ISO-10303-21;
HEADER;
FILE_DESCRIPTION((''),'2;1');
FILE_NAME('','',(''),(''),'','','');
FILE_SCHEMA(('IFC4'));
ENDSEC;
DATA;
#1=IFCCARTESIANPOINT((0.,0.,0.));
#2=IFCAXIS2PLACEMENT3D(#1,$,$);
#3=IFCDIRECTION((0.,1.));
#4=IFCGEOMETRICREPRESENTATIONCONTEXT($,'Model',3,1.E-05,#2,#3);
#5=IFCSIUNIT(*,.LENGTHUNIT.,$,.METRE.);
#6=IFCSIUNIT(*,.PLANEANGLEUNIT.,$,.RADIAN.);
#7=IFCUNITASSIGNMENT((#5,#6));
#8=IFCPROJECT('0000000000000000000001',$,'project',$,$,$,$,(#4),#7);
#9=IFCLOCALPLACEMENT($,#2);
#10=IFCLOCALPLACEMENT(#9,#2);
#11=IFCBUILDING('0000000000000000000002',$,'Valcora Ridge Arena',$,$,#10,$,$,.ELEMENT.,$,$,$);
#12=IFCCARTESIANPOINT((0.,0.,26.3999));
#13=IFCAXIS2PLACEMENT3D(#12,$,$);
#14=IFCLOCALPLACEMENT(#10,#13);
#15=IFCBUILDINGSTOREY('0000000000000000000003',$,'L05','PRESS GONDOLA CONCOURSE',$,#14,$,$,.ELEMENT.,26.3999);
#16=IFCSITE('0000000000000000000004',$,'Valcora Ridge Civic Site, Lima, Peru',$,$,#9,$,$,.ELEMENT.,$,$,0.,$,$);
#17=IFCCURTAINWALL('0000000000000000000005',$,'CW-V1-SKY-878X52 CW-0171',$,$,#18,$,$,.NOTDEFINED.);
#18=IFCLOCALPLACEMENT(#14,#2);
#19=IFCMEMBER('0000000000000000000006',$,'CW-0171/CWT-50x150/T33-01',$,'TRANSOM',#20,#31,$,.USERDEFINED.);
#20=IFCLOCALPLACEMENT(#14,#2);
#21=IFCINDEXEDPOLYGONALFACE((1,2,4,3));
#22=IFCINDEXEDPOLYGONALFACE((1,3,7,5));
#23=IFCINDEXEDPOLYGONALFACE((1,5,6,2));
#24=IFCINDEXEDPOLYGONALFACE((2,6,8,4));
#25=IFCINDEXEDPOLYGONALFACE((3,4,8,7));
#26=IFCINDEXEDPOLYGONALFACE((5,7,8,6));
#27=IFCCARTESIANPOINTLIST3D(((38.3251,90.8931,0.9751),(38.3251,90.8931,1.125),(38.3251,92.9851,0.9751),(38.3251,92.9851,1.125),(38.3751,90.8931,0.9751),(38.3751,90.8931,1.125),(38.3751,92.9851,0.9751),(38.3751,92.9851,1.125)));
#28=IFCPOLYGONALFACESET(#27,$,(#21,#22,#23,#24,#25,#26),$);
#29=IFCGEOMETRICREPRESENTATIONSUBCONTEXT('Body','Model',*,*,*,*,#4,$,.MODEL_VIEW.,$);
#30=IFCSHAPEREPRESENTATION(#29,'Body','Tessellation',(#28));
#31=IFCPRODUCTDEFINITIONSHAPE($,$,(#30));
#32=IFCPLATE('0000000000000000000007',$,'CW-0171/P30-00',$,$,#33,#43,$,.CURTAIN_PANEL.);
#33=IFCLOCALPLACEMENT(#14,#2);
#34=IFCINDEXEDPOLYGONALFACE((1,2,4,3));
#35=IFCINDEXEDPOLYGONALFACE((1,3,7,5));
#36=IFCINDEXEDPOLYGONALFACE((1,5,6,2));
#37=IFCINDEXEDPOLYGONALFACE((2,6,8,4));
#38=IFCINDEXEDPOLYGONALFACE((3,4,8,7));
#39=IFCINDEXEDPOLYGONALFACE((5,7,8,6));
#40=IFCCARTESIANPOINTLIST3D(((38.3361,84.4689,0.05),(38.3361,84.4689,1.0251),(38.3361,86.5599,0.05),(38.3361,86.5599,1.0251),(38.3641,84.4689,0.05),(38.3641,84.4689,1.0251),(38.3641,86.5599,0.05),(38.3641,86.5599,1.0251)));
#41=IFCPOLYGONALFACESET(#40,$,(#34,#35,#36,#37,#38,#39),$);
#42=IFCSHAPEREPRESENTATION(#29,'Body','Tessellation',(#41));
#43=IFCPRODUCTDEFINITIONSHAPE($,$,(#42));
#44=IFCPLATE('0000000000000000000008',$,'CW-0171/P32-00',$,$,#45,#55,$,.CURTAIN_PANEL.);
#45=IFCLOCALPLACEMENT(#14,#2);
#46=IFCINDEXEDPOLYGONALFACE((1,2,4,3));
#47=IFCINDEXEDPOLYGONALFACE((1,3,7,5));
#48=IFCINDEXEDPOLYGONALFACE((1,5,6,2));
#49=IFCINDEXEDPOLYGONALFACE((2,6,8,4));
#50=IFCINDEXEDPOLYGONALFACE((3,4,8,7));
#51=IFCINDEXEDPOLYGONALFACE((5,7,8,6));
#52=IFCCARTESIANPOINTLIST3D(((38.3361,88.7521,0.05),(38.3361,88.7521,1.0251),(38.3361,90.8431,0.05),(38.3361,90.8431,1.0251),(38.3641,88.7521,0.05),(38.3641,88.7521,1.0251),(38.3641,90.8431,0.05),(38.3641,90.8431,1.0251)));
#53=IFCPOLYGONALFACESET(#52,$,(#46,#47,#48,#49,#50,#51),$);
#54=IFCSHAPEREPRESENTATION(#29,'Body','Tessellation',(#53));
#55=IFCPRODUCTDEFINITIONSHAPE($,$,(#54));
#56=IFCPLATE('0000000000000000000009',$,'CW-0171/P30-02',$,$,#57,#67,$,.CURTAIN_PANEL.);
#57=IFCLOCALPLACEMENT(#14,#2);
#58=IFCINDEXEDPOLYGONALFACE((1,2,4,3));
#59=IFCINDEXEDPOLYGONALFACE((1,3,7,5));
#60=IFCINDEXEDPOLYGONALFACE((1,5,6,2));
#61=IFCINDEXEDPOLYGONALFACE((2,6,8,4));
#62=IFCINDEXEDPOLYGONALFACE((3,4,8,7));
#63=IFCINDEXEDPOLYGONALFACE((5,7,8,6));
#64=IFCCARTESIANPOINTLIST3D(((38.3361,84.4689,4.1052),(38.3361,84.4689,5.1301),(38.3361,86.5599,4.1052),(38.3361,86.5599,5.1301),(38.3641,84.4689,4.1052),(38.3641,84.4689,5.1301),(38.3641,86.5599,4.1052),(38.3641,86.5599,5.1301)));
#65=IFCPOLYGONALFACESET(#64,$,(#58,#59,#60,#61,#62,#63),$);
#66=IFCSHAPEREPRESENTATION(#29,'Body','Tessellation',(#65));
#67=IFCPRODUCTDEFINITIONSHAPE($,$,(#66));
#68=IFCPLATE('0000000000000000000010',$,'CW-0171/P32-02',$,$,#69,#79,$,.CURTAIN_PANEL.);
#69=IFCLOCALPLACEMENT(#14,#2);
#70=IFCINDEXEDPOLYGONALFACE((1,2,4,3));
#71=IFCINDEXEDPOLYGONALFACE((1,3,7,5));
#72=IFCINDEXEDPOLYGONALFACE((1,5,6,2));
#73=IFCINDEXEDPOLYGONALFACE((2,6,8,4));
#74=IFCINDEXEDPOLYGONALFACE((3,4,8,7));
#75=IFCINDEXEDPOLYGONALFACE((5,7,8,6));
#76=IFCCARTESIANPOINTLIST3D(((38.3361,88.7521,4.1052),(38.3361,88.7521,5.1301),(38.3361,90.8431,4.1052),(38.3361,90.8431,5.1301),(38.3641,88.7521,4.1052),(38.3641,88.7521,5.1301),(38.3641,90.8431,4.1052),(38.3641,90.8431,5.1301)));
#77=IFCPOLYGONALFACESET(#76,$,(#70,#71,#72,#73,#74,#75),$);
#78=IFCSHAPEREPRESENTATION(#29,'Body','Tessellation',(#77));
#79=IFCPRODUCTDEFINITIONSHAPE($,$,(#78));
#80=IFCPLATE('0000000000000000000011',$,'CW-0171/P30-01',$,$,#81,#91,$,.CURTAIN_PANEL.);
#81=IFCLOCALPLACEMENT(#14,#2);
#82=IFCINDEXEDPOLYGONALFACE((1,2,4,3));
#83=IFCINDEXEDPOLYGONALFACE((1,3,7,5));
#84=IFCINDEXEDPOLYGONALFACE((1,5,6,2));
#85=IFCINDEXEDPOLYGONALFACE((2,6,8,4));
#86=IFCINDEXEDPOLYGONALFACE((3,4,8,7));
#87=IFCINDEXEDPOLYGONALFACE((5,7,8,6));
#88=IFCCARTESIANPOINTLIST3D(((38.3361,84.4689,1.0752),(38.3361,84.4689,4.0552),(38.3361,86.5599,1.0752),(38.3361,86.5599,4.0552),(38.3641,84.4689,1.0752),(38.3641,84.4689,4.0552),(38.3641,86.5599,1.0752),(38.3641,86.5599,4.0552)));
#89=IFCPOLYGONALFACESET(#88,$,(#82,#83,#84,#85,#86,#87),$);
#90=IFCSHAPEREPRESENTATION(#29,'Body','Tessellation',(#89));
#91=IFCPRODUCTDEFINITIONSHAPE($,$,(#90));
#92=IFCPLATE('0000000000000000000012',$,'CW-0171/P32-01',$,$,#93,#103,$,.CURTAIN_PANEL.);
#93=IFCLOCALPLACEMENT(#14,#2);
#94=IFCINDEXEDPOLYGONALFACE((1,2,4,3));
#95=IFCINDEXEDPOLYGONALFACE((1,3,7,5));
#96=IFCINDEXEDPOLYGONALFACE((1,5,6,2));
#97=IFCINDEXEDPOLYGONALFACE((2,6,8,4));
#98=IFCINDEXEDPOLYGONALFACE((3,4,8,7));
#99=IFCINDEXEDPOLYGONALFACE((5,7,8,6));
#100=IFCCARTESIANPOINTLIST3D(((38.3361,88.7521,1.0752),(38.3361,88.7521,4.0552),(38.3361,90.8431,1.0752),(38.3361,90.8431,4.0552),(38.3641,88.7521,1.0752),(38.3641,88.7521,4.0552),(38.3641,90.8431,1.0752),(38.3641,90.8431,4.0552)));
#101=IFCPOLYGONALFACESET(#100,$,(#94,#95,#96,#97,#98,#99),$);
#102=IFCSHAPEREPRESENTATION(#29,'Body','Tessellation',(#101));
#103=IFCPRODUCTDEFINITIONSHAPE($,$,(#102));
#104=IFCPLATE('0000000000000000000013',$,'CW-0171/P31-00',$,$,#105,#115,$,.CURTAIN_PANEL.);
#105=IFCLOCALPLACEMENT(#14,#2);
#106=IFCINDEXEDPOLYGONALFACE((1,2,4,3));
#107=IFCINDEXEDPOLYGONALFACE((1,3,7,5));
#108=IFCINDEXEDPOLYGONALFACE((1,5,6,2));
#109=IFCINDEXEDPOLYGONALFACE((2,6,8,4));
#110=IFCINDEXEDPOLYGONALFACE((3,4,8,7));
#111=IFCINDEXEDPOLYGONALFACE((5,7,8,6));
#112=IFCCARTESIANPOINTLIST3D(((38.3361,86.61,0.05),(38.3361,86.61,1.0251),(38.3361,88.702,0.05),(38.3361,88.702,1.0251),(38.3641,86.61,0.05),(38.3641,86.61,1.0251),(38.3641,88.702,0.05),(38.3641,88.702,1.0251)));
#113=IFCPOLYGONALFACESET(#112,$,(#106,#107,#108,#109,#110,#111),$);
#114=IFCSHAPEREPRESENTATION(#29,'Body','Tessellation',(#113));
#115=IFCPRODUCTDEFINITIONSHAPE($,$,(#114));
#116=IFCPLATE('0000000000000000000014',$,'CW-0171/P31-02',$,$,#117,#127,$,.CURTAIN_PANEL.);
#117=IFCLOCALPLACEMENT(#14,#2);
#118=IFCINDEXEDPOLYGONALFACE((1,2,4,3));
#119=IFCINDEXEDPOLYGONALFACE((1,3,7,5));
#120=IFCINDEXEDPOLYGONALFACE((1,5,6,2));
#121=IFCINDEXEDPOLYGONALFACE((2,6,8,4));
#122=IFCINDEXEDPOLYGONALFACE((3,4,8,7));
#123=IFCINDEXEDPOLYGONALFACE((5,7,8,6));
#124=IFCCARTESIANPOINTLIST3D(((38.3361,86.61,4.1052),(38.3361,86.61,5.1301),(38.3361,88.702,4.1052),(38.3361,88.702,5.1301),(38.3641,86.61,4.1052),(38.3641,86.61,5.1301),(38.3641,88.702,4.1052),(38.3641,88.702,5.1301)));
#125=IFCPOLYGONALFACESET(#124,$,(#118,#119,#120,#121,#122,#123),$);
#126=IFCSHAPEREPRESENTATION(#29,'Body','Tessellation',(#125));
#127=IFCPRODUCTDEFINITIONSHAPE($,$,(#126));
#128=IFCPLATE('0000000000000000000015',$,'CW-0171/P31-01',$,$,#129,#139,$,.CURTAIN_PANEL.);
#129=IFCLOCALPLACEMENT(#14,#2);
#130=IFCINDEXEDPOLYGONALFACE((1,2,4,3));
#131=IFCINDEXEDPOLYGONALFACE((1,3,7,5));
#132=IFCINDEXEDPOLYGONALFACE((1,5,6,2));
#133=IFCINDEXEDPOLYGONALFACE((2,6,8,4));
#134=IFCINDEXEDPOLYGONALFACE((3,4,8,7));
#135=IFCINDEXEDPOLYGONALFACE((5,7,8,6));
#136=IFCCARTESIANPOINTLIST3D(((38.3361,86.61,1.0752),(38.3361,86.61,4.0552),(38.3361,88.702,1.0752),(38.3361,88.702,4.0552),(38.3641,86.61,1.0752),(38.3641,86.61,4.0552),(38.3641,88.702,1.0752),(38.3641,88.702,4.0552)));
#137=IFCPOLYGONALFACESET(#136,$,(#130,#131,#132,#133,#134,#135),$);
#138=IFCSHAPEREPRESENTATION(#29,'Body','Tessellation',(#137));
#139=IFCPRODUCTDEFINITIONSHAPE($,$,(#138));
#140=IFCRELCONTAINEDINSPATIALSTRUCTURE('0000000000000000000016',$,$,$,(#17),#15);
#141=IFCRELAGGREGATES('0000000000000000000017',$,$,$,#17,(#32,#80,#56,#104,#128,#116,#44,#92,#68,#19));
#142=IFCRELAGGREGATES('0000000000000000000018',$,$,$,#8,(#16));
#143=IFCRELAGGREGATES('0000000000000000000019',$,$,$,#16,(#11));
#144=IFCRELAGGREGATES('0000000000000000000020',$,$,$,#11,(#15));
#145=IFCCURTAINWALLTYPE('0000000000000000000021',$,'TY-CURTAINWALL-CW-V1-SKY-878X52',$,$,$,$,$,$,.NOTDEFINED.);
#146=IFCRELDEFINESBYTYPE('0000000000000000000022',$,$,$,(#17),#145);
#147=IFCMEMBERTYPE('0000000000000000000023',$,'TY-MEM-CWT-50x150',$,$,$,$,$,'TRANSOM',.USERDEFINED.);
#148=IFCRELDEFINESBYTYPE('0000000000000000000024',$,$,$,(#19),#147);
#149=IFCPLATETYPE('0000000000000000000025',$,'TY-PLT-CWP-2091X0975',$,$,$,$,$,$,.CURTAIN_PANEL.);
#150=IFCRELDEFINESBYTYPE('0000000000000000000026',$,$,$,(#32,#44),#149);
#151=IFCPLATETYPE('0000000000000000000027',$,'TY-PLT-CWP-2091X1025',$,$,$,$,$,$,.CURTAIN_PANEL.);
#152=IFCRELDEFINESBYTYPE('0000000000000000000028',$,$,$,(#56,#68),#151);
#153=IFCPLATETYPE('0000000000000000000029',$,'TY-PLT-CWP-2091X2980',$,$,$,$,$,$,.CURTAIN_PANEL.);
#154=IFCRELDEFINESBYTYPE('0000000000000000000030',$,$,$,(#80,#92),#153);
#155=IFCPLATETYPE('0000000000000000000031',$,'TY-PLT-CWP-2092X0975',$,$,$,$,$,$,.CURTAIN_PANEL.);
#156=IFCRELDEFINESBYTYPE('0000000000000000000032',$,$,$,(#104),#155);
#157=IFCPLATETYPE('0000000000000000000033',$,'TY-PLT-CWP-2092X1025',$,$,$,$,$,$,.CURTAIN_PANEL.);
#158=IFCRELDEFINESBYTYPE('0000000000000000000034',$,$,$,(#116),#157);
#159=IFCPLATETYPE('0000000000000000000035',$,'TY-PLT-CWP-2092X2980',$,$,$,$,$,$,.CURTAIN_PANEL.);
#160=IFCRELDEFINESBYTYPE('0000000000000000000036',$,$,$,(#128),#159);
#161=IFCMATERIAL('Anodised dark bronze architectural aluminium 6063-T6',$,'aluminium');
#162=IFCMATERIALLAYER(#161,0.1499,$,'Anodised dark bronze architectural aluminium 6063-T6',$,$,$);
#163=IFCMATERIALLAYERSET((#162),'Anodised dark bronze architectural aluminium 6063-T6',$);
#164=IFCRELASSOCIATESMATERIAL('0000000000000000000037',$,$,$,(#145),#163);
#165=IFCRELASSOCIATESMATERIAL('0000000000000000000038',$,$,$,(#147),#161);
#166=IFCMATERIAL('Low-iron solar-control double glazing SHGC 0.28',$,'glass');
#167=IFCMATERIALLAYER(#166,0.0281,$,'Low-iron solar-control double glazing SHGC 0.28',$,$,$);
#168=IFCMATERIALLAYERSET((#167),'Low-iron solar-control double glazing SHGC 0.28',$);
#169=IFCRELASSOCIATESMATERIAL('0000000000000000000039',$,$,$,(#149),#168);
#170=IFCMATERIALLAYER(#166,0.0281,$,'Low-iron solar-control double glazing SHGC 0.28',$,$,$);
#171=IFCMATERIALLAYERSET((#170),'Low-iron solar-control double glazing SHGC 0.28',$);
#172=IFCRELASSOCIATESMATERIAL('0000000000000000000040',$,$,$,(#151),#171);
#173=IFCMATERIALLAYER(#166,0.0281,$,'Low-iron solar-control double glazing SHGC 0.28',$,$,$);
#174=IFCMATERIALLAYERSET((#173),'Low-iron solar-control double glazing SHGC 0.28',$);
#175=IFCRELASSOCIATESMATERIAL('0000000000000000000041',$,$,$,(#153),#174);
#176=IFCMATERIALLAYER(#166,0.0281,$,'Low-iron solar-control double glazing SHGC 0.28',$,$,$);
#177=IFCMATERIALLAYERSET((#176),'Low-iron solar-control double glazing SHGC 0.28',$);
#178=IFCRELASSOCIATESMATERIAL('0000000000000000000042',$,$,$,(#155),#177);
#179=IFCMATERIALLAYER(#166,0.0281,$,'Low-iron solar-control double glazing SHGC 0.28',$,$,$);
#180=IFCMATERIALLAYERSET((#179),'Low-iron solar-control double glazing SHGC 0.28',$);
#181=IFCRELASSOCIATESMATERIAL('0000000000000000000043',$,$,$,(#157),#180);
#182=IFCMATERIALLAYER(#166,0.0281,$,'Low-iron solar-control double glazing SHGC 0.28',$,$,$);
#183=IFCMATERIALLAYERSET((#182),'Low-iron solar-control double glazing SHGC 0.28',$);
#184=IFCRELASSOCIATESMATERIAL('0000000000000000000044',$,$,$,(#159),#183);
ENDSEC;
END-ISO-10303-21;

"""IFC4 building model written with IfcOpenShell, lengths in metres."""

from ifc_helpers import new_model, si_unit, direction, frame, origin, origin_2d, place, context, subcontext, project, spatial, rectangle, extrude, material, layer, layer_set, material_profile, profile_set, type_object, element, aggregate, save


model = new_model("IFC4")

# Units and contexts
model_context = context("Model", 3, precision=1e-05, world=origin(), true_north=direction((0.0, 1.0)))
body_context = subcontext(model_context, "Body", "Model", "MODEL_VIEW")
ifc_project = project(units=[si_unit("LENGTHUNIT", "METRE"), si_unit("PLANEANGLEUNIT", "RADIAN")], contexts=[model_context])

# Site, building, storey
site_placement = place(None, origin())
site = spatial("IfcSite", under=ifc_project, at=site_placement, Name="Valcora Ridge Civic Site, Lima, Peru", CompositionType="ELEMENT", RefElevation=0.0)
building_placement = place(site_placement, origin())
building = spatial("IfcBuilding", under=site, at=building_placement, Name="Valcora Ridge Arena", CompositionType="ELEMENT")
storey_placement = place(building_placement, frame((0.0, 0.0, 26.3999)))
storey = spatial("IfcBuildingStorey", under=building, at=storey_placement, Name="L05", Description="PRESS GONDOLA CONCOURSE", CompositionType="ELEMENT", Elevation=26.3999)

# Curtain wall, member, plates
ifc_material_1 = material(Name="Anodised dark bronze architectural aluminium 6063-T6", Category="aluminium")
ifc_layer_1 = layer(ifc_material_1, 0.1499, Name="Anodised dark bronze architectural aluminium 6063-T6")
ifc_layer_set_1 = layer_set([ifc_layer_1], Name="Anodised dark bronze architectural aluminium 6063-T6")
curtain_wall_type = type_object("IfcCurtainWallType", Name="TY-CURTAINWALL-CW-V1-SKY-878X52", PredefinedType="NOTDEFINED", material=ifc_layer_set_1)
curtain_wall_placement = place(storey_placement, origin())
curtain_wall = element("IfcCurtainWall", 1, at=curtain_wall_placement, inside=storey, type_object=curtain_wall_type, Name="CW-V1-SKY-878X52 CW-0171", PredefinedType="NOTDEFINED")
ifc_material_profile_1 = material_profile(ifc_material_1, rectangle(XDim=0.05, YDim=0.1499, at=origin_2d()), Name="ALU TRANSOM 50x150")
ifc_profile_set_1 = profile_set([ifc_material_profile_1], Name="Anodised dark bronze architectural aluminium 6063-T6")
member_type_1 = type_object("IfcMemberType", Name="TY-MEM-CWT-50x150", ElementType="TRANSOM", PredefinedType="USERDEFINED", material=ifc_profile_set_1)
member_1_placement = place(storey_placement, frame((38.3501, 90.8931, 1.05), z_axis=(0.0, 1.0, 0.0), x_axis=(-1.0, 0.0, 0.0)))
member_1 = element("IfcMember", 2, at=member_1_placement, type_object=member_type_1, Name="CW-0171/CWT-50x150/T33-01", ObjectType="TRANSOM", PredefinedType="USERDEFINED", context=body_context, shape_type="SweptSolid", body=[
    extrude(rectangle(XDim=0.05, YDim=0.1499, at=origin_2d()), origin(), (0.0, 0.0, 1.0), 2.092),
])
ifc_material_2 = material(Name="Low-iron solar-control double glazing SHGC 0.28", Category="glass")
ifc_layer_2 = layer(ifc_material_2, 0.0281, Name="Low-iron solar-control double glazing SHGC 0.28")
ifc_layer_set_2 = layer_set([ifc_layer_2], Name="Low-iron solar-control double glazing SHGC 0.28")
plate_type_1 = type_object("IfcPlateType", Name="TY-PLT-CWP-2091X0975", PredefinedType="CURTAIN_PANEL", material=ifc_layer_set_2)
plate_1_placement = place(storey_placement, frame((38.3501, 85.5144, 0.05), z_axis=(0.0, 0.0, 1.0), x_axis=(0.0, 1.0, 0.0)))
plate_1 = element("IfcPlate", 3, at=plate_1_placement, type_object=plate_type_1, Name="CW-0171/P30-00", PredefinedType="CURTAIN_PANEL", context=body_context, shape_type="SweptSolid", body=[
    extrude(rectangle(XDim=2.0911, YDim=0.0281, at=origin_2d()), origin(), (0.0, 0.0, 1.0), 0.9751),
])
plate_2_placement = place(storey_placement, frame((38.3501, 89.7976, 0.05), z_axis=(0.0, 0.0, 1.0), x_axis=(0.0, 1.0, 0.0)))
plate_2 = element("IfcPlate", 4, at=plate_2_placement, type_object=plate_type_1, Name="CW-0171/P32-00", PredefinedType="CURTAIN_PANEL", context=body_context, shape_type="SweptSolid", body=[
    extrude(rectangle(XDim=2.0911, YDim=0.0281, at=origin_2d()), origin(), (0.0, 0.0, 1.0), 0.9751),
])
ifc_layer_3 = layer(ifc_material_2, 0.0281, Name="Low-iron solar-control double glazing SHGC 0.28")
ifc_layer_set_3 = layer_set([ifc_layer_3], Name="Low-iron solar-control double glazing SHGC 0.28")
plate_type_2 = type_object("IfcPlateType", Name="TY-PLT-CWP-2091X1025", PredefinedType="CURTAIN_PANEL", material=ifc_layer_set_3)
plate_3_placement = place(storey_placement, frame((38.3501, 85.5144, 4.1052), z_axis=(0.0, 0.0, 1.0), x_axis=(0.0, 1.0, 0.0)))
plate_3 = element("IfcPlate", 5, at=plate_3_placement, type_object=plate_type_2, Name="CW-0171/P30-02", PredefinedType="CURTAIN_PANEL", context=body_context, shape_type="SweptSolid", body=[
    extrude(rectangle(XDim=2.0911, YDim=0.0281, at=origin_2d()), origin(), (0.0, 0.0, 1.0), 1.0249),
])
plate_4_placement = place(storey_placement, frame((38.3501, 89.7976, 4.1052), z_axis=(0.0, 0.0, 1.0), x_axis=(0.0, 1.0, 0.0)))
plate_4 = element("IfcPlate", 6, at=plate_4_placement, type_object=plate_type_2, Name="CW-0171/P32-02", PredefinedType="CURTAIN_PANEL", context=body_context, shape_type="SweptSolid", body=[
    extrude(rectangle(XDim=2.0911, YDim=0.0281, at=origin_2d()), origin(), (0.0, 0.0, 1.0), 1.0249),
])
ifc_layer_4 = layer(ifc_material_2, 0.0281, Name="Low-iron solar-control double glazing SHGC 0.28")
ifc_layer_set_4 = layer_set([ifc_layer_4], Name="Low-iron solar-control double glazing SHGC 0.28")
plate_type_3 = type_object("IfcPlateType", Name="TY-PLT-CWP-2091X2980", PredefinedType="CURTAIN_PANEL", material=ifc_layer_set_4)
plate_5_placement = place(storey_placement, frame((38.3501, 85.5144, 1.0752), z_axis=(0.0, 0.0, 1.0), x_axis=(0.0, 1.0, 0.0)))
plate_5 = element("IfcPlate", 7, at=plate_5_placement, type_object=plate_type_3, Name="CW-0171/P30-01", PredefinedType="CURTAIN_PANEL", context=body_context, shape_type="SweptSolid", body=[
    extrude(rectangle(XDim=2.0911, YDim=0.0281, at=origin_2d()), origin(), (0.0, 0.0, 1.0), 2.98),
])
plate_6_placement = place(storey_placement, frame((38.3501, 89.7976, 1.0752), z_axis=(0.0, 0.0, 1.0), x_axis=(0.0, 1.0, 0.0)))
plate_6 = element("IfcPlate", 8, at=plate_6_placement, type_object=plate_type_3, Name="CW-0171/P32-01", PredefinedType="CURTAIN_PANEL", context=body_context, shape_type="SweptSolid", body=[
    extrude(rectangle(XDim=2.0911, YDim=0.0281, at=origin_2d()), origin(), (0.0, 0.0, 1.0), 2.98),
])
ifc_layer_5 = layer(ifc_material_2, 0.0281, Name="Low-iron solar-control double glazing SHGC 0.28")
ifc_layer_set_5 = layer_set([ifc_layer_5], Name="Low-iron solar-control double glazing SHGC 0.28")
plate_type_4 = type_object("IfcPlateType", Name="TY-PLT-CWP-2092X0975", PredefinedType="CURTAIN_PANEL", material=ifc_layer_set_5)
plate_7_placement = place(storey_placement, frame((38.3501, 87.656, 0.05), z_axis=(0.0, 0.0, 1.0), x_axis=(0.0, 1.0, 0.0)))
plate_7 = element("IfcPlate", 9, at=plate_7_placement, type_object=plate_type_4, Name="CW-0171/P31-00", PredefinedType="CURTAIN_PANEL", context=body_context, shape_type="SweptSolid", body=[
    extrude(rectangle(XDim=2.092, YDim=0.0281, at=origin_2d()), origin(), (0.0, 0.0, 1.0), 0.9751),
])
ifc_layer_6 = layer(ifc_material_2, 0.0281, Name="Low-iron solar-control double glazing SHGC 0.28")
ifc_layer_set_6 = layer_set([ifc_layer_6], Name="Low-iron solar-control double glazing SHGC 0.28")
plate_type_5 = type_object("IfcPlateType", Name="TY-PLT-CWP-2092X1025", PredefinedType="CURTAIN_PANEL", material=ifc_layer_set_6)
plate_8_placement = place(storey_placement, frame((38.3501, 87.656, 4.1052), z_axis=(0.0, 0.0, 1.0), x_axis=(0.0, 1.0, 0.0)))
plate_8 = element("IfcPlate", 10, at=plate_8_placement, type_object=plate_type_5, Name="CW-0171/P31-02", PredefinedType="CURTAIN_PANEL", context=body_context, shape_type="SweptSolid", body=[
    extrude(rectangle(XDim=2.092, YDim=0.0281, at=origin_2d()), origin(), (0.0, 0.0, 1.0), 1.0249),
])
ifc_layer_7 = layer(ifc_material_2, 0.0281, Name="Low-iron solar-control double glazing SHGC 0.28")
ifc_layer_set_7 = layer_set([ifc_layer_7], Name="Low-iron solar-control double glazing SHGC 0.28")
plate_type_6 = type_object("IfcPlateType", Name="TY-PLT-CWP-2092X2980", PredefinedType="CURTAIN_PANEL", material=ifc_layer_set_7)
plate_9_placement = place(storey_placement, frame((38.3501, 87.656, 1.0752), z_axis=(0.0, 0.0, 1.0), x_axis=(0.0, 1.0, 0.0)))
plate_9 = element("IfcPlate", 11, at=plate_9_placement, type_object=plate_type_6, Name="CW-0171/P31-01", PredefinedType="CURTAIN_PANEL", context=body_context, shape_type="SweptSolid", body=[
    extrude(rectangle(XDim=2.092, YDim=0.0281, at=origin_2d()), origin(), (0.0, 0.0, 1.0), 2.98),
])
aggregate(curtain_wall, [plate_1, plate_5, plate_3, plate_7, plate_9, plate_8, plate_2, plate_6, plate_4, member_1])

save(model, "model.ifc")
